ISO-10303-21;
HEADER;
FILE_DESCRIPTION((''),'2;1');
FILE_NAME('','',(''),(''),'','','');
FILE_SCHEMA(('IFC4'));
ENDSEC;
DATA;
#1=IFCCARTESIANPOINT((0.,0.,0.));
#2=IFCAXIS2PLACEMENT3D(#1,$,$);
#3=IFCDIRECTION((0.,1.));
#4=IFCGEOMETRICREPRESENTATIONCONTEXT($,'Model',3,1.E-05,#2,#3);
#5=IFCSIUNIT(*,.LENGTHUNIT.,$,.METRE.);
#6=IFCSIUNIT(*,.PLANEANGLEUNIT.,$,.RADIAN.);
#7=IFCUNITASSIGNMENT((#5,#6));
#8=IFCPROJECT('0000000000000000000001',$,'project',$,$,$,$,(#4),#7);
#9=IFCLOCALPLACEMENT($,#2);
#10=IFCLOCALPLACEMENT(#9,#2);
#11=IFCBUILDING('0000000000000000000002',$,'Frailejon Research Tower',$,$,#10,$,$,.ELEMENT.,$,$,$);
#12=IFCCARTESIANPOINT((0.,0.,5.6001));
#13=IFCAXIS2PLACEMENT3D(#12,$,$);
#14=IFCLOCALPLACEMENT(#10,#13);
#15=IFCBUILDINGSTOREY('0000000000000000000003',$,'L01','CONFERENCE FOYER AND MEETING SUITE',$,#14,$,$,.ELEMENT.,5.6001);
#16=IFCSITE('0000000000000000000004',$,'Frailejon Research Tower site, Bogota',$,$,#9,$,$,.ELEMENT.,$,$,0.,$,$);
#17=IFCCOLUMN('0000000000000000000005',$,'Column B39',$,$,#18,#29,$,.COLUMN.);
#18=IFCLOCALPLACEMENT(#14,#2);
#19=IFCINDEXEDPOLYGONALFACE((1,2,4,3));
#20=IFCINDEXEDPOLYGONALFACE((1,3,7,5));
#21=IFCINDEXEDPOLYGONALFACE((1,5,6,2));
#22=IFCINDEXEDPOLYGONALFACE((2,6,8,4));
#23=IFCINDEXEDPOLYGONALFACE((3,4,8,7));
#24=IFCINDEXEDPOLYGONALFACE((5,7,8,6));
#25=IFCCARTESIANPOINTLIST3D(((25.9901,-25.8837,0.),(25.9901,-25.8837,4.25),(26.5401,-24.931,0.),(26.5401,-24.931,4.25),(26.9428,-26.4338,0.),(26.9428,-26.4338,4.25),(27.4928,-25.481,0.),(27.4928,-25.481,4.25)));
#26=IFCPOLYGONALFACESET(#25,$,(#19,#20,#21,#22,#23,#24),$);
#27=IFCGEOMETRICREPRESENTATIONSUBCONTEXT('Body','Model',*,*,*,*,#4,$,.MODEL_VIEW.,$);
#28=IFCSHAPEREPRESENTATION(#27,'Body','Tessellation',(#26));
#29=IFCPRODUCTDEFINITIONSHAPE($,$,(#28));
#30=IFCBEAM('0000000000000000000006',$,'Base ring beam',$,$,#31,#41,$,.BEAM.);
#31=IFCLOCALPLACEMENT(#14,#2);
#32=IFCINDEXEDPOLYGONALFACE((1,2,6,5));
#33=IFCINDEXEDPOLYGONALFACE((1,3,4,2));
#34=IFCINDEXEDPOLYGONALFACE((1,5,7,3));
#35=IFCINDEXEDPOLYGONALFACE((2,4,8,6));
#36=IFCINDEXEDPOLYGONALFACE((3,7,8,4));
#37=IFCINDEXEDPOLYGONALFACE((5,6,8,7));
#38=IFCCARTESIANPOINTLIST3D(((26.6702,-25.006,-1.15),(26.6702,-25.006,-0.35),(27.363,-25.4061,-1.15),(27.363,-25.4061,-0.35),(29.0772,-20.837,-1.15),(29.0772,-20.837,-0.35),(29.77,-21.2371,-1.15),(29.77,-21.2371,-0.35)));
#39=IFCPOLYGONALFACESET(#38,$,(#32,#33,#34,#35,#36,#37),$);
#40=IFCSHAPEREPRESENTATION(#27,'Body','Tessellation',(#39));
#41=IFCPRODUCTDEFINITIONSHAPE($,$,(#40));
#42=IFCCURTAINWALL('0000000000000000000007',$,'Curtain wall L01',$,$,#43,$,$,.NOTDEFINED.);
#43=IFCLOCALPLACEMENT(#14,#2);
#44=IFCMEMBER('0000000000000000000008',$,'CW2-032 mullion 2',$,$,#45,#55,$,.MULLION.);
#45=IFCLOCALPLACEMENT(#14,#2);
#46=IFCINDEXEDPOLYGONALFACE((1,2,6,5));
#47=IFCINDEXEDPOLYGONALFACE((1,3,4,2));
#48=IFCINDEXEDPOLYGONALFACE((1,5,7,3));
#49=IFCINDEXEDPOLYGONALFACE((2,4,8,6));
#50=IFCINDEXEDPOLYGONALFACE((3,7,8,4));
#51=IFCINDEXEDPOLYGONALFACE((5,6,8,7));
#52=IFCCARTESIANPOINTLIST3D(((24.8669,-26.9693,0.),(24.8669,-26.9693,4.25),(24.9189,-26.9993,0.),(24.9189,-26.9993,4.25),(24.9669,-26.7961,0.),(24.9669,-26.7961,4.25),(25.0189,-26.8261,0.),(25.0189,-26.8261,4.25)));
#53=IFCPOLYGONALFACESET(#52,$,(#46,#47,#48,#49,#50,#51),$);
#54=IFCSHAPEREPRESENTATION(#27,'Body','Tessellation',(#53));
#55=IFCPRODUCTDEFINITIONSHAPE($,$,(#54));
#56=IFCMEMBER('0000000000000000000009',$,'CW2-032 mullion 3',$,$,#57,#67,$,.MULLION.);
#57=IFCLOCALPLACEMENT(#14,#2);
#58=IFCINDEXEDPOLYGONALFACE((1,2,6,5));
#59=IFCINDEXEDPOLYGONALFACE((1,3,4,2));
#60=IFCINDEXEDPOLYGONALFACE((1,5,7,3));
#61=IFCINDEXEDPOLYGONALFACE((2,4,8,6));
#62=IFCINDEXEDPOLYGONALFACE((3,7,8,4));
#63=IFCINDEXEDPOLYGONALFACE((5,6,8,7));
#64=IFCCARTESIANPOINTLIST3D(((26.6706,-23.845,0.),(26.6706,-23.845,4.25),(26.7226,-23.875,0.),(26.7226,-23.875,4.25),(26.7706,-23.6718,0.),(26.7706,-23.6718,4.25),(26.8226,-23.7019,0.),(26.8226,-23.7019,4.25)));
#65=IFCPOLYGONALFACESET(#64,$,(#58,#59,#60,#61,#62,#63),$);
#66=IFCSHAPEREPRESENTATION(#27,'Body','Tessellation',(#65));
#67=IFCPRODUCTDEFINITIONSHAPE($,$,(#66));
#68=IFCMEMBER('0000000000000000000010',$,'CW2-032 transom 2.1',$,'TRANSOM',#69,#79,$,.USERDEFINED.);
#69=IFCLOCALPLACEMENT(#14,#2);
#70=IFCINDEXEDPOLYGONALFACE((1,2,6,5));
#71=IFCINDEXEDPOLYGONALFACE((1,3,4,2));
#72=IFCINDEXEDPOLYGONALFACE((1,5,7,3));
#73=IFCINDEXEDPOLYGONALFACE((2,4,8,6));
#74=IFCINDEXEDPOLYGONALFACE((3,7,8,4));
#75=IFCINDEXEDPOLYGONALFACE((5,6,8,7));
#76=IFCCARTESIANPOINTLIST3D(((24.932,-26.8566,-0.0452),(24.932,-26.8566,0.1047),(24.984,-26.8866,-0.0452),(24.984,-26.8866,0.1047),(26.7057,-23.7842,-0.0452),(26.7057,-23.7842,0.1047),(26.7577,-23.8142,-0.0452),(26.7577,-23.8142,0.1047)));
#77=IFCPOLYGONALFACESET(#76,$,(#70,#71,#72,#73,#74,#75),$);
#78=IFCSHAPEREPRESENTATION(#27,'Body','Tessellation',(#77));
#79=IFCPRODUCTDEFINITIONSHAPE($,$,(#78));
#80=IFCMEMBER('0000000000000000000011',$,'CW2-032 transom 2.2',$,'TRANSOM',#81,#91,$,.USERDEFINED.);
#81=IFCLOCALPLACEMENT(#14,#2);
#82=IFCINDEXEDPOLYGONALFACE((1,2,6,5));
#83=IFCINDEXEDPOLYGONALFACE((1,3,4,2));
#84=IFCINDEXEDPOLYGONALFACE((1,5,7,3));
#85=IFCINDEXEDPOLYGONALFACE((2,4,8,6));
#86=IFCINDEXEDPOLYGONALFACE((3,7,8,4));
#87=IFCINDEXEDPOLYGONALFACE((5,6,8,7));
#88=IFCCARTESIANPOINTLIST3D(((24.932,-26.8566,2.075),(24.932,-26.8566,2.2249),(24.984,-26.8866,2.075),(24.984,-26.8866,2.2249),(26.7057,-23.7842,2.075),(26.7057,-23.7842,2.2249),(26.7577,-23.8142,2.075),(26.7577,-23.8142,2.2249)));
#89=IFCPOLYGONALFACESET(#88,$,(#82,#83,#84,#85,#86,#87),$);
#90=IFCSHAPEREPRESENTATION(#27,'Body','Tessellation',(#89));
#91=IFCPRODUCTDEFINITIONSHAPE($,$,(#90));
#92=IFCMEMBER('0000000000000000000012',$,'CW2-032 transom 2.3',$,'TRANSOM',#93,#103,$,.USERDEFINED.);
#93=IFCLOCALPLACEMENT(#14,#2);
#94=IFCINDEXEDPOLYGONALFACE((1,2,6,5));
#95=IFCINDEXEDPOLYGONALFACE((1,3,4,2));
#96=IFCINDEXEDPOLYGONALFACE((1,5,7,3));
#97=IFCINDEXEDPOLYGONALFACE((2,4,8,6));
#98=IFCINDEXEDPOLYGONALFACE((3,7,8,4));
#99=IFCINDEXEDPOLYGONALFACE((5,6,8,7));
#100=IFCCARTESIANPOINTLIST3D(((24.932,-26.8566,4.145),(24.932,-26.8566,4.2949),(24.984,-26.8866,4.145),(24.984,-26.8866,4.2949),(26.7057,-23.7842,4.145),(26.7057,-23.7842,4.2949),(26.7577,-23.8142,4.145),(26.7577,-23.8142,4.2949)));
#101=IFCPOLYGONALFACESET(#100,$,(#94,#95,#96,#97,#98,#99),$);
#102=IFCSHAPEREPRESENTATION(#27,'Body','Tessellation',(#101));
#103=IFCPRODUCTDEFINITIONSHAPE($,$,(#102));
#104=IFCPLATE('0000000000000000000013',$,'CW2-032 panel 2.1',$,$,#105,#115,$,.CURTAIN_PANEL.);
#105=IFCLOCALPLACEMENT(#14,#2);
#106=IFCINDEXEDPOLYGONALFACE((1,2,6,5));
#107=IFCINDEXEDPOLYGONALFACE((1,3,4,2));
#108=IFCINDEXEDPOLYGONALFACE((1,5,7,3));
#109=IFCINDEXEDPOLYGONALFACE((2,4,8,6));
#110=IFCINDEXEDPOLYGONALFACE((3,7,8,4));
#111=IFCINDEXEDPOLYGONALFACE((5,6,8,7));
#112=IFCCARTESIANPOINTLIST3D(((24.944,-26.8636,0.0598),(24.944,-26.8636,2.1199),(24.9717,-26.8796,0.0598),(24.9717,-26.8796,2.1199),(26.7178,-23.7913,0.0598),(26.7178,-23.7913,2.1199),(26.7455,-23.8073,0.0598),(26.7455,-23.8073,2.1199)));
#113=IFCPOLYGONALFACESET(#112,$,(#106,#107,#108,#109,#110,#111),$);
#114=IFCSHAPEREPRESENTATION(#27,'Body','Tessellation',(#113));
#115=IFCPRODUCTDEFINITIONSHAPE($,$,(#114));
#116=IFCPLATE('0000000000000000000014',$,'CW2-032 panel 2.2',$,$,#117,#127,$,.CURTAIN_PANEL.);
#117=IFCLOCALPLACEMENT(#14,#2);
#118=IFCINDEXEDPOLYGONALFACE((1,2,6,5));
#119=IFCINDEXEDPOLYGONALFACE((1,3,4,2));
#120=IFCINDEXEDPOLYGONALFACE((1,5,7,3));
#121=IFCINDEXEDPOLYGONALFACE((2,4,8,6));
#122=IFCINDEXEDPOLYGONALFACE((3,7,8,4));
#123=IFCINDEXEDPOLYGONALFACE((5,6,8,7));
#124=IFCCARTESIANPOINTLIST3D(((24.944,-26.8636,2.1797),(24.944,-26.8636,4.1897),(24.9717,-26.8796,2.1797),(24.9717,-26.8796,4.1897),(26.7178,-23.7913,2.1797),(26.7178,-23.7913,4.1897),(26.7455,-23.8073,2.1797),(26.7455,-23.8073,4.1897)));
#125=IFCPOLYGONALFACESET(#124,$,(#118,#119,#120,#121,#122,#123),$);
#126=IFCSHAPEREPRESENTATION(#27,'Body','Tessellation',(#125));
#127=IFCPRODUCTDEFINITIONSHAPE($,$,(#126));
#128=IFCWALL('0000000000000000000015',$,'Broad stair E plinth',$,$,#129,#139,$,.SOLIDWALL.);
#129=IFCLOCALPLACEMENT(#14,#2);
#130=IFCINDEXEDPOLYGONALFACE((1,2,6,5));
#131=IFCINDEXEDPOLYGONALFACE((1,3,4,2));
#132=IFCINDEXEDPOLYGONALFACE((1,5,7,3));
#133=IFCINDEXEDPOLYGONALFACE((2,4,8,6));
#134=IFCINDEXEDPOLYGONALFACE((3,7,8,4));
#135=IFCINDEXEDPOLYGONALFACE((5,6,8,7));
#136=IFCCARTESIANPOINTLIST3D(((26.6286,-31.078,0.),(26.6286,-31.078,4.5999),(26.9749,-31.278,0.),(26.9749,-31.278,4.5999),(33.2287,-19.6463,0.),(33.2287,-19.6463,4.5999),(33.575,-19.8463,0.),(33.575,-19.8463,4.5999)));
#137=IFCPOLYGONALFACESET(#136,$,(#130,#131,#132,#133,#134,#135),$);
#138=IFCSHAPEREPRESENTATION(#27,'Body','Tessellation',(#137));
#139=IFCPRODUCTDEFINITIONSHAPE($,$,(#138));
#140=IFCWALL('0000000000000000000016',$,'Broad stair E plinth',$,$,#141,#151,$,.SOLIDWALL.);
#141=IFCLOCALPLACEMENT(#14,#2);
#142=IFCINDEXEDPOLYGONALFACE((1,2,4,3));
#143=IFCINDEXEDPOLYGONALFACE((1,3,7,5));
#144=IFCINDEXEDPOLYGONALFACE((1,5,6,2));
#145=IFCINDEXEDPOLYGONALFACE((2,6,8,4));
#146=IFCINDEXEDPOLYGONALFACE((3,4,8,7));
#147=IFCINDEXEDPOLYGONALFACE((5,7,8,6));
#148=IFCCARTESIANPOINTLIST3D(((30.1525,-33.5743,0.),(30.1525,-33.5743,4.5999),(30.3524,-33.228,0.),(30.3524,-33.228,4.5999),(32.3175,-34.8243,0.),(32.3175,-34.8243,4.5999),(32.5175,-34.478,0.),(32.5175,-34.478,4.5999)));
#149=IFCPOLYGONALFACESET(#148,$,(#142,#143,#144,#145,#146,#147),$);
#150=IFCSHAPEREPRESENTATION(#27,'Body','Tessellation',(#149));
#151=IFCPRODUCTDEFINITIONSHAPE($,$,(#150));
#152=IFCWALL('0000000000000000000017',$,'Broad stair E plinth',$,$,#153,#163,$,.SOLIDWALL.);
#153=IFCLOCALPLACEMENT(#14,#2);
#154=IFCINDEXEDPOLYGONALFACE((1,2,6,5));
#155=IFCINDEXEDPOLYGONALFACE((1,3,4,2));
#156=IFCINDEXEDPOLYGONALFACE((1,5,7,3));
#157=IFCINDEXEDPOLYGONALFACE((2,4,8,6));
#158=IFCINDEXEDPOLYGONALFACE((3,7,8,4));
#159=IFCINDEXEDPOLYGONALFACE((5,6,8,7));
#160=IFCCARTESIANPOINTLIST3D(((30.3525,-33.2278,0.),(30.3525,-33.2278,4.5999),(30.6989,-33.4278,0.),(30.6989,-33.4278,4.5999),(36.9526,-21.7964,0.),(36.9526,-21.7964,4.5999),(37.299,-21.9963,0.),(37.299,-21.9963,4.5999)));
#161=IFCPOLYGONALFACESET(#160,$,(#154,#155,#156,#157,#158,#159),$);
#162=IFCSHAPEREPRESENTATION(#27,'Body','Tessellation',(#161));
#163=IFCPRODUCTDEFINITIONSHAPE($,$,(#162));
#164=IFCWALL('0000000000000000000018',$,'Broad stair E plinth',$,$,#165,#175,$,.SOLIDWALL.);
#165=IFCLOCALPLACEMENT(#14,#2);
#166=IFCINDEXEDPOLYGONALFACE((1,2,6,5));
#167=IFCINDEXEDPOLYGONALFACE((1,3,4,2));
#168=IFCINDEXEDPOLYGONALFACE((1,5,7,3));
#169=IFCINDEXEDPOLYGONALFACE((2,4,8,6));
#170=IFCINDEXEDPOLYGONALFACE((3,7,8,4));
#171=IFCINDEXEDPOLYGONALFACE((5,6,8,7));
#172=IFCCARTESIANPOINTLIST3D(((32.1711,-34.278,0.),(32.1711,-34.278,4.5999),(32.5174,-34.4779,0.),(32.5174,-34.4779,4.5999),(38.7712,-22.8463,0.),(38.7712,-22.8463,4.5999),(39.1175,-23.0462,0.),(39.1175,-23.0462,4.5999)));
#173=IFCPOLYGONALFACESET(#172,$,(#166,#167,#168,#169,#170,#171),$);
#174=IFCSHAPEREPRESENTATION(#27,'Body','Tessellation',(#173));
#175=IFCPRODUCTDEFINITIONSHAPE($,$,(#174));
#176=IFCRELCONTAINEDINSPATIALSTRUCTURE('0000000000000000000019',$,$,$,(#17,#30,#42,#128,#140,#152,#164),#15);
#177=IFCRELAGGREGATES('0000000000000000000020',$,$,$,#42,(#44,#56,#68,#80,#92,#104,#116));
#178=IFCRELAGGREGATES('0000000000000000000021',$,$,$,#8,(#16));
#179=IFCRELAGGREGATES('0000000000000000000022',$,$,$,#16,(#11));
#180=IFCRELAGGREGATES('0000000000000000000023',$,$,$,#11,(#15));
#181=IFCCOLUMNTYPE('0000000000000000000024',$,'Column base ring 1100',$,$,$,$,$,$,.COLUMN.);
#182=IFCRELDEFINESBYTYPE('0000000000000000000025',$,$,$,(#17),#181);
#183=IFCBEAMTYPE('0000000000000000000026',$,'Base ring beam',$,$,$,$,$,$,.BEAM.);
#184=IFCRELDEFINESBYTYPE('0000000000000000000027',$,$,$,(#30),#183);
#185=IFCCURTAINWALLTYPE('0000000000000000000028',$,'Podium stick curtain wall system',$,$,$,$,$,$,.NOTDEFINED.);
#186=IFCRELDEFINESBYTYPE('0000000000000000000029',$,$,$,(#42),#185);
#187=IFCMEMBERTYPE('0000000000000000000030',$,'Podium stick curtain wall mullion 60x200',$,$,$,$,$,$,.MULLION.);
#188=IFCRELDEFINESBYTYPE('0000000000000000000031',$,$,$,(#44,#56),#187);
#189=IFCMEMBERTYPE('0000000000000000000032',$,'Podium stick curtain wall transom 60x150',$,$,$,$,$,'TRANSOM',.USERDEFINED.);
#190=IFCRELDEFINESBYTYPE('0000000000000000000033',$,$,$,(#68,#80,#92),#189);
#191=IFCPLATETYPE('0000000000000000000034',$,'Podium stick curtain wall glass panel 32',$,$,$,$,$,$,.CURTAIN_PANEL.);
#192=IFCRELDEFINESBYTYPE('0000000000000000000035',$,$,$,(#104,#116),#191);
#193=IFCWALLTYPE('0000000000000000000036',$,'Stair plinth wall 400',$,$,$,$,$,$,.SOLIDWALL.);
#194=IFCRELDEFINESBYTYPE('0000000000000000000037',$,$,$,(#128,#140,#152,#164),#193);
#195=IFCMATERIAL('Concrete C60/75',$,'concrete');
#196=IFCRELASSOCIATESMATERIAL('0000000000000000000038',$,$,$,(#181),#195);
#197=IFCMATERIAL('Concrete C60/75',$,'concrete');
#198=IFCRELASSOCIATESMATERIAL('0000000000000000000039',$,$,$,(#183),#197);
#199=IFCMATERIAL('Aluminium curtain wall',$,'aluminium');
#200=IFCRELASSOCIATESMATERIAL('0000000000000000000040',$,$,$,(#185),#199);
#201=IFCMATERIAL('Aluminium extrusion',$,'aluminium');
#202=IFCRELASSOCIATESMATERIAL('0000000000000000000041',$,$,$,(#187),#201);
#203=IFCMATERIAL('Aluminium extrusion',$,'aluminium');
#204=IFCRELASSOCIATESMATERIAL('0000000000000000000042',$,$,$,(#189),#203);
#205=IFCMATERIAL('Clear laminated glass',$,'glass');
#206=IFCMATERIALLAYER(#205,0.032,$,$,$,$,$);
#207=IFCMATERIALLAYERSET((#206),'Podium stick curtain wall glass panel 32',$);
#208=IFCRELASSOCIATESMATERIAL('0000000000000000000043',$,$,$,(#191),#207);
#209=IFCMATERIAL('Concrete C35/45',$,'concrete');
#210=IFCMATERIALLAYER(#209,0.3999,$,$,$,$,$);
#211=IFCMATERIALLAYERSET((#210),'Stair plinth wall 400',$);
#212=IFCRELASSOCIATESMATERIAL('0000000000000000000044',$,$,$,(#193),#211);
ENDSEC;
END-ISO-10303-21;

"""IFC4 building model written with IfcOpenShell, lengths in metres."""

from ifc_helpers import new_model, si_unit, direction, frame, frame_2d, origin, origin_2d, place, context, subcontext, project, spatial, rectangle, extrude, material, layer, layer_set, material_profile, profile_set, type_object, element, aggregate, save


model = new_model("IFC4")

# Units and contexts
model_context = context("Model", 3, precision=1e-05, world=origin(), true_north=direction((0.0, 1.0)))
body_context = subcontext(model_context, "Body", "Model", "MODEL_VIEW")
ifc_project = project(units=[si_unit("LENGTHUNIT", "METRE"), si_unit("PLANEANGLEUNIT", "RADIAN")], contexts=[model_context])

# Site, building, storey
site_placement = place(None, origin())
site = spatial("IfcSite", under=ifc_project, at=site_placement, Name="Frailejon Research Tower site, Bogota", CompositionType="ELEMENT", RefElevation=0.0)
building_placement = place(site_placement, origin())
building = spatial("IfcBuilding", under=site, at=building_placement, Name="Frailejon Research Tower", CompositionType="ELEMENT")
storey_placement = place(building_placement, frame((0.0, 0.0, 5.6001)))
storey = spatial("IfcBuildingStorey", under=building, at=storey_placement, Name="L01", Description="CONFERENCE FOYER AND MEETING SUITE", CompositionType="ELEMENT", Elevation=5.6001)

# Column
ifc_material_1 = material(Name="Concrete C60/75", Category="concrete")
ifc_material_profile_1 = material_profile(ifc_material_1, rectangle(XDim=1.1001, YDim=1.1001, at=origin_2d()), Name="Column base ring 1100")
ifc_profile_set_1 = profile_set([ifc_material_profile_1], Name="Concrete C60/75")
column_type = type_object("IfcColumnType", Name="Column base ring 1100", PredefinedType="COLUMN", material=ifc_profile_set_1)
column_placement = place(storey_placement, frame((26.7415, -25.6824, 0.0), z_axis=(0.0, 0.0, 1.0), x_axis=(0.5, 0.866025, 0.0)))
element("IfcColumn", 1, at=column_placement, inside=storey, type_object=column_type, Name="Column B39", PredefinedType="COLUMN", context=body_context, shape_type="SweptSolid", body=[
    extrude(rectangle(XDim=1.1001, YDim=1.1001, at=origin_2d()), origin(), (0.0, 0.0, 1.0), 4.25),
])

# Beam
ifc_material_2 = material(Name="Concrete C60/75", Category="concrete")
ifc_material_profile_2 = material_profile(ifc_material_2, rectangle(XDim=0.8, YDim=0.8, at=origin_2d()), Name="Base ring beam")
ifc_profile_set_2 = profile_set([ifc_material_profile_2], Name="Concrete C60/75")
beam_type = type_object("IfcBeamType", Name="Base ring beam", PredefinedType="BEAM", material=ifc_profile_set_2)
beam_placement = place(storey_placement, frame((27.0166, -25.2061, -0.75), z_axis=(0.500006, 0.866022, 0.0), x_axis=(-0.866022, 0.500006, 0.0)))
element("IfcBeam", 2, at=beam_placement, inside=storey, type_object=beam_type, Name="Base ring beam", PredefinedType="BEAM", context=body_context, shape_type="SweptSolid", body=[
    extrude(rectangle(XDim=0.8, YDim=0.8, at=origin_2d()), origin(), (0.0, 0.0, 1.0), 4.814),
])

# Curtain wall, members, plates
ifc_material_3 = material(Name="Aluminium curtain wall", Category="aluminium")
curtain_wall_type = type_object("IfcCurtainWallType", Name="Podium stick curtain wall system", PredefinedType="NOTDEFINED", material=ifc_material_3)
curtain_wall_placement = place(storey_placement, origin())
curtain_wall = element("IfcCurtainWall", 3, at=curtain_wall_placement, inside=storey, type_object=curtain_wall_type, Name="Curtain wall L01", PredefinedType="NOTDEFINED")
ifc_material_4 = material(Name="Aluminium extrusion", Category="aluminium")
ifc_material_profile_3 = material_profile(ifc_material_4, rectangle(XDim=0.0601, YDim=0.2, at=origin_2d()), Name="Podium stick curtain wall mullion 60x200")
ifc_profile_set_3 = profile_set([ifc_material_profile_3], Name="Aluminium extrusion")
member_type_1 = type_object("IfcMemberType", Name="Podium stick curtain wall mullion 60x200", PredefinedType="MULLION", material=ifc_profile_set_3)
member_1_placement = place(storey_placement, frame((24.9429, -26.8977, 0.0), z_axis=(0.0, 0.0, 1.0), x_axis=(-0.866026, 0.499998, 0.0)))
member_1 = element("IfcMember", 4, at=member_1_placement, type_object=member_type_1, Name="CW2-032 mullion 2", PredefinedType="MULLION", context=body_context, shape_type="SweptSolid", body=[
    extrude(rectangle(XDim=0.0601, YDim=0.2, at=origin_2d()), origin(), (0.0, 0.0, 1.0), 4.25),
])
member_2_placement = place(storey_placement, frame((26.7466, -23.7734, 0.0), z_axis=(0.0, 0.0, 1.0), x_axis=(-0.866026, 0.499998, 0.0)))
member_2 = element("IfcMember", 5, at=member_2_placement, type_object=member_type_1, Name="CW2-032 mullion 3", PredefinedType="MULLION", context=body_context, shape_type="SweptSolid", body=[
    extrude(rectangle(XDim=0.0601, YDim=0.2, at=origin_2d()), origin(), (0.0, 0.0, 1.0), 4.25),
])
ifc_material_5 = material(Name="Aluminium extrusion", Category="aluminium")
ifc_material_profile_4 = material_profile(ifc_material_5, rectangle(XDim=0.0601, YDim=0.1499, at=origin_2d()), Name="Podium stick curtain wall transom 60x150")
ifc_profile_set_4 = profile_set([ifc_material_profile_4], Name="Aluminium extrusion")
member_type_2 = type_object("IfcMemberType", Name="Podium stick curtain wall transom 60x150", ElementType="TRANSOM", PredefinedType="USERDEFINED", material=ifc_profile_set_4)
member_3_placement = place(storey_placement, frame((24.958, -26.8716, 0.0298), z_axis=(0.499981, 0.866037, 0.0), x_axis=(-0.866037, 0.499981, 0.0)))
member_3 = element("IfcMember", 6, at=member_3_placement, type_object=member_type_2, Name="CW2-032 transom 2.1", ObjectType="TRANSOM", PredefinedType="USERDEFINED", context=body_context, shape_type="SweptSolid", body=[
    extrude(rectangle(XDim=0.0601, YDim=0.1499, at=origin_2d()), origin(), (0.0, 0.0, 1.0), 3.5476),
])
member_4_placement = place(storey_placement, frame((24.958, -26.8716, 2.1499), z_axis=(0.499981, 0.866037, 0.0), x_axis=(-0.866037, 0.499981, 0.0)))
member_4 = element("IfcMember", 7, at=member_4_placement, type_object=member_type_2, Name="CW2-032 transom 2.2", ObjectType="TRANSOM", PredefinedType="USERDEFINED", context=body_context, shape_type="SweptSolid", body=[
    extrude(rectangle(XDim=0.0601, YDim=0.1499, at=origin_2d()), origin(), (0.0, 0.0, 1.0), 3.5476),
])
member_5_placement = place(storey_placement, frame((24.958, -26.8716, 4.22), z_axis=(0.499981, 0.866037, 0.0), x_axis=(-0.866037, 0.499981, 0.0)))
member_5 = element("IfcMember", 8, at=member_5_placement, type_object=member_type_2, Name="CW2-032 transom 2.3", ObjectType="TRANSOM", PredefinedType="USERDEFINED", context=body_context, shape_type="SweptSolid", body=[
    extrude(rectangle(XDim=0.0601, YDim=0.1499, at=origin_2d()), origin(), (0.0, 0.0, 1.0), 3.5476),
])
ifc_material_6 = material(Name="Clear laminated glass", Category="glass")
ifc_layer_1 = layer(ifc_material_6, 0.032)
ifc_layer_set_1 = layer_set([ifc_layer_1], Name="Podium stick curtain wall glass panel 32")
plate_type = type_object("IfcPlateType", Name="Podium stick curtain wall glass panel 32", PredefinedType="CURTAIN_PANEL", material=ifc_layer_set_1)
plate_1_placement = place(storey_placement, frame((25.8447, -25.3354, 0.0598), z_axis=(0.0, 0.0, 1.0), x_axis=(0.499998, 0.866026, 0.0)))
plate_1 = element("IfcPlate", 9, at=plate_1_placement, type_object=plate_type, Name="CW2-032 panel 2.1", PredefinedType="CURTAIN_PANEL", context=body_context, shape_type="SweptSolid", body=[
    extrude(rectangle(XDim=3.5476, YDim=0.032, at=origin_2d()), origin(), (0.0, 0.0, 1.0), 2.0601),
])
plate_2_placement = place(storey_placement, frame((25.8447, -25.3354, 2.1797), z_axis=(0.0, 0.0, 1.0), x_axis=(0.499998, 0.866026, 0.0)))
plate_2 = element("IfcPlate", 10, at=plate_2_placement, type_object=plate_type, Name="CW2-032 panel 2.2", PredefinedType="CURTAIN_PANEL", context=body_context, shape_type="SweptSolid", body=[
    extrude(rectangle(XDim=3.5476, YDim=0.032, at=origin_2d()), origin(), (0.0, 0.0, 1.0), 2.01),
])
aggregate(curtain_wall, [member_1, member_2, member_3, member_4, member_5, plate_1, plate_2])

# Walls
ifc_material_7 = material(Name="Concrete C35/45", Category="concrete")
ifc_layer_2 = layer(ifc_material_7, 0.3999)
ifc_layer_set_2 = layer_set([ifc_layer_2], Name="Stair plinth wall 400")
wall_type = type_object("IfcWallType", Name="Stair plinth wall 400", PredefinedType="SOLIDWALL", material=ifc_layer_set_2)
wall_1_placement = place(storey_placement, frame((26.8018, -31.178, 0.0), z_axis=(0.0, 0.0, 1.0), x_axis=(0.500002, 0.866024, 0.0)))
element("IfcWall", 11, at=wall_1_placement, inside=storey, type_object=wall_type, Name="Broad stair E plinth", PredefinedType="SOLIDWALL", context=body_context, shape_type="SweptSolid", body=[
    extrude(rectangle(XDim=13.2002, YDim=0.3999, at=frame_2d((6.6001, 0.0))), origin(), (0.0, 0.0, 1.0), 4.5999),
])
wall_2_placement = place(storey_placement, frame((30.2524, -33.4011, 0.0), z_axis=(0.0, 0.0, 1.0), x_axis=(0.866023, -0.500004, 0.0)))
element("IfcWall", 12, at=wall_2_placement, inside=storey, type_object=wall_type, Name="Broad stair E plinth", PredefinedType="SOLIDWALL", context=body_context, shape_type="SweptSolid", body=[
    extrude(rectangle(XDim=2.5, YDim=0.3999, at=frame_2d((1.25, 0.0))), origin(), (0.0, 0.0, 1.0), 4.5999),
])
wall_3_placement = place(storey_placement, frame((30.5256, -33.3279, 0.0), z_axis=(0.0, 0.0, 1.0), x_axis=(0.50001, 0.86602, 0.0)))
element("IfcWall", 13, at=wall_3_placement, inside=storey, type_object=wall_type, Name="Broad stair E plinth", PredefinedType="SOLIDWALL", context=body_context, shape_type="SweptSolid", body=[
    extrude(rectangle(XDim=13.2, YDim=0.3999, at=frame_2d((6.6001, 0.0))), origin(), (0.0, 0.0, 1.0), 4.5999),
])
wall_4_placement = place(storey_placement, frame((32.3442, -34.3779, 0.0), z_axis=(0.0, 0.0, 1.0), x_axis=(0.500002, 0.866024, 0.0)))
element("IfcWall", 14, at=wall_4_placement, inside=storey, type_object=wall_type, Name="Broad stair E plinth", PredefinedType="SOLIDWALL", context=body_context, shape_type="SweptSolid", body=[
    extrude(rectangle(XDim=13.2002, YDim=0.3999, at=frame_2d((6.6001, 0.0))), origin(), (0.0, 0.0, 1.0), 4.5999),
])

save(model, "model.ifc")
